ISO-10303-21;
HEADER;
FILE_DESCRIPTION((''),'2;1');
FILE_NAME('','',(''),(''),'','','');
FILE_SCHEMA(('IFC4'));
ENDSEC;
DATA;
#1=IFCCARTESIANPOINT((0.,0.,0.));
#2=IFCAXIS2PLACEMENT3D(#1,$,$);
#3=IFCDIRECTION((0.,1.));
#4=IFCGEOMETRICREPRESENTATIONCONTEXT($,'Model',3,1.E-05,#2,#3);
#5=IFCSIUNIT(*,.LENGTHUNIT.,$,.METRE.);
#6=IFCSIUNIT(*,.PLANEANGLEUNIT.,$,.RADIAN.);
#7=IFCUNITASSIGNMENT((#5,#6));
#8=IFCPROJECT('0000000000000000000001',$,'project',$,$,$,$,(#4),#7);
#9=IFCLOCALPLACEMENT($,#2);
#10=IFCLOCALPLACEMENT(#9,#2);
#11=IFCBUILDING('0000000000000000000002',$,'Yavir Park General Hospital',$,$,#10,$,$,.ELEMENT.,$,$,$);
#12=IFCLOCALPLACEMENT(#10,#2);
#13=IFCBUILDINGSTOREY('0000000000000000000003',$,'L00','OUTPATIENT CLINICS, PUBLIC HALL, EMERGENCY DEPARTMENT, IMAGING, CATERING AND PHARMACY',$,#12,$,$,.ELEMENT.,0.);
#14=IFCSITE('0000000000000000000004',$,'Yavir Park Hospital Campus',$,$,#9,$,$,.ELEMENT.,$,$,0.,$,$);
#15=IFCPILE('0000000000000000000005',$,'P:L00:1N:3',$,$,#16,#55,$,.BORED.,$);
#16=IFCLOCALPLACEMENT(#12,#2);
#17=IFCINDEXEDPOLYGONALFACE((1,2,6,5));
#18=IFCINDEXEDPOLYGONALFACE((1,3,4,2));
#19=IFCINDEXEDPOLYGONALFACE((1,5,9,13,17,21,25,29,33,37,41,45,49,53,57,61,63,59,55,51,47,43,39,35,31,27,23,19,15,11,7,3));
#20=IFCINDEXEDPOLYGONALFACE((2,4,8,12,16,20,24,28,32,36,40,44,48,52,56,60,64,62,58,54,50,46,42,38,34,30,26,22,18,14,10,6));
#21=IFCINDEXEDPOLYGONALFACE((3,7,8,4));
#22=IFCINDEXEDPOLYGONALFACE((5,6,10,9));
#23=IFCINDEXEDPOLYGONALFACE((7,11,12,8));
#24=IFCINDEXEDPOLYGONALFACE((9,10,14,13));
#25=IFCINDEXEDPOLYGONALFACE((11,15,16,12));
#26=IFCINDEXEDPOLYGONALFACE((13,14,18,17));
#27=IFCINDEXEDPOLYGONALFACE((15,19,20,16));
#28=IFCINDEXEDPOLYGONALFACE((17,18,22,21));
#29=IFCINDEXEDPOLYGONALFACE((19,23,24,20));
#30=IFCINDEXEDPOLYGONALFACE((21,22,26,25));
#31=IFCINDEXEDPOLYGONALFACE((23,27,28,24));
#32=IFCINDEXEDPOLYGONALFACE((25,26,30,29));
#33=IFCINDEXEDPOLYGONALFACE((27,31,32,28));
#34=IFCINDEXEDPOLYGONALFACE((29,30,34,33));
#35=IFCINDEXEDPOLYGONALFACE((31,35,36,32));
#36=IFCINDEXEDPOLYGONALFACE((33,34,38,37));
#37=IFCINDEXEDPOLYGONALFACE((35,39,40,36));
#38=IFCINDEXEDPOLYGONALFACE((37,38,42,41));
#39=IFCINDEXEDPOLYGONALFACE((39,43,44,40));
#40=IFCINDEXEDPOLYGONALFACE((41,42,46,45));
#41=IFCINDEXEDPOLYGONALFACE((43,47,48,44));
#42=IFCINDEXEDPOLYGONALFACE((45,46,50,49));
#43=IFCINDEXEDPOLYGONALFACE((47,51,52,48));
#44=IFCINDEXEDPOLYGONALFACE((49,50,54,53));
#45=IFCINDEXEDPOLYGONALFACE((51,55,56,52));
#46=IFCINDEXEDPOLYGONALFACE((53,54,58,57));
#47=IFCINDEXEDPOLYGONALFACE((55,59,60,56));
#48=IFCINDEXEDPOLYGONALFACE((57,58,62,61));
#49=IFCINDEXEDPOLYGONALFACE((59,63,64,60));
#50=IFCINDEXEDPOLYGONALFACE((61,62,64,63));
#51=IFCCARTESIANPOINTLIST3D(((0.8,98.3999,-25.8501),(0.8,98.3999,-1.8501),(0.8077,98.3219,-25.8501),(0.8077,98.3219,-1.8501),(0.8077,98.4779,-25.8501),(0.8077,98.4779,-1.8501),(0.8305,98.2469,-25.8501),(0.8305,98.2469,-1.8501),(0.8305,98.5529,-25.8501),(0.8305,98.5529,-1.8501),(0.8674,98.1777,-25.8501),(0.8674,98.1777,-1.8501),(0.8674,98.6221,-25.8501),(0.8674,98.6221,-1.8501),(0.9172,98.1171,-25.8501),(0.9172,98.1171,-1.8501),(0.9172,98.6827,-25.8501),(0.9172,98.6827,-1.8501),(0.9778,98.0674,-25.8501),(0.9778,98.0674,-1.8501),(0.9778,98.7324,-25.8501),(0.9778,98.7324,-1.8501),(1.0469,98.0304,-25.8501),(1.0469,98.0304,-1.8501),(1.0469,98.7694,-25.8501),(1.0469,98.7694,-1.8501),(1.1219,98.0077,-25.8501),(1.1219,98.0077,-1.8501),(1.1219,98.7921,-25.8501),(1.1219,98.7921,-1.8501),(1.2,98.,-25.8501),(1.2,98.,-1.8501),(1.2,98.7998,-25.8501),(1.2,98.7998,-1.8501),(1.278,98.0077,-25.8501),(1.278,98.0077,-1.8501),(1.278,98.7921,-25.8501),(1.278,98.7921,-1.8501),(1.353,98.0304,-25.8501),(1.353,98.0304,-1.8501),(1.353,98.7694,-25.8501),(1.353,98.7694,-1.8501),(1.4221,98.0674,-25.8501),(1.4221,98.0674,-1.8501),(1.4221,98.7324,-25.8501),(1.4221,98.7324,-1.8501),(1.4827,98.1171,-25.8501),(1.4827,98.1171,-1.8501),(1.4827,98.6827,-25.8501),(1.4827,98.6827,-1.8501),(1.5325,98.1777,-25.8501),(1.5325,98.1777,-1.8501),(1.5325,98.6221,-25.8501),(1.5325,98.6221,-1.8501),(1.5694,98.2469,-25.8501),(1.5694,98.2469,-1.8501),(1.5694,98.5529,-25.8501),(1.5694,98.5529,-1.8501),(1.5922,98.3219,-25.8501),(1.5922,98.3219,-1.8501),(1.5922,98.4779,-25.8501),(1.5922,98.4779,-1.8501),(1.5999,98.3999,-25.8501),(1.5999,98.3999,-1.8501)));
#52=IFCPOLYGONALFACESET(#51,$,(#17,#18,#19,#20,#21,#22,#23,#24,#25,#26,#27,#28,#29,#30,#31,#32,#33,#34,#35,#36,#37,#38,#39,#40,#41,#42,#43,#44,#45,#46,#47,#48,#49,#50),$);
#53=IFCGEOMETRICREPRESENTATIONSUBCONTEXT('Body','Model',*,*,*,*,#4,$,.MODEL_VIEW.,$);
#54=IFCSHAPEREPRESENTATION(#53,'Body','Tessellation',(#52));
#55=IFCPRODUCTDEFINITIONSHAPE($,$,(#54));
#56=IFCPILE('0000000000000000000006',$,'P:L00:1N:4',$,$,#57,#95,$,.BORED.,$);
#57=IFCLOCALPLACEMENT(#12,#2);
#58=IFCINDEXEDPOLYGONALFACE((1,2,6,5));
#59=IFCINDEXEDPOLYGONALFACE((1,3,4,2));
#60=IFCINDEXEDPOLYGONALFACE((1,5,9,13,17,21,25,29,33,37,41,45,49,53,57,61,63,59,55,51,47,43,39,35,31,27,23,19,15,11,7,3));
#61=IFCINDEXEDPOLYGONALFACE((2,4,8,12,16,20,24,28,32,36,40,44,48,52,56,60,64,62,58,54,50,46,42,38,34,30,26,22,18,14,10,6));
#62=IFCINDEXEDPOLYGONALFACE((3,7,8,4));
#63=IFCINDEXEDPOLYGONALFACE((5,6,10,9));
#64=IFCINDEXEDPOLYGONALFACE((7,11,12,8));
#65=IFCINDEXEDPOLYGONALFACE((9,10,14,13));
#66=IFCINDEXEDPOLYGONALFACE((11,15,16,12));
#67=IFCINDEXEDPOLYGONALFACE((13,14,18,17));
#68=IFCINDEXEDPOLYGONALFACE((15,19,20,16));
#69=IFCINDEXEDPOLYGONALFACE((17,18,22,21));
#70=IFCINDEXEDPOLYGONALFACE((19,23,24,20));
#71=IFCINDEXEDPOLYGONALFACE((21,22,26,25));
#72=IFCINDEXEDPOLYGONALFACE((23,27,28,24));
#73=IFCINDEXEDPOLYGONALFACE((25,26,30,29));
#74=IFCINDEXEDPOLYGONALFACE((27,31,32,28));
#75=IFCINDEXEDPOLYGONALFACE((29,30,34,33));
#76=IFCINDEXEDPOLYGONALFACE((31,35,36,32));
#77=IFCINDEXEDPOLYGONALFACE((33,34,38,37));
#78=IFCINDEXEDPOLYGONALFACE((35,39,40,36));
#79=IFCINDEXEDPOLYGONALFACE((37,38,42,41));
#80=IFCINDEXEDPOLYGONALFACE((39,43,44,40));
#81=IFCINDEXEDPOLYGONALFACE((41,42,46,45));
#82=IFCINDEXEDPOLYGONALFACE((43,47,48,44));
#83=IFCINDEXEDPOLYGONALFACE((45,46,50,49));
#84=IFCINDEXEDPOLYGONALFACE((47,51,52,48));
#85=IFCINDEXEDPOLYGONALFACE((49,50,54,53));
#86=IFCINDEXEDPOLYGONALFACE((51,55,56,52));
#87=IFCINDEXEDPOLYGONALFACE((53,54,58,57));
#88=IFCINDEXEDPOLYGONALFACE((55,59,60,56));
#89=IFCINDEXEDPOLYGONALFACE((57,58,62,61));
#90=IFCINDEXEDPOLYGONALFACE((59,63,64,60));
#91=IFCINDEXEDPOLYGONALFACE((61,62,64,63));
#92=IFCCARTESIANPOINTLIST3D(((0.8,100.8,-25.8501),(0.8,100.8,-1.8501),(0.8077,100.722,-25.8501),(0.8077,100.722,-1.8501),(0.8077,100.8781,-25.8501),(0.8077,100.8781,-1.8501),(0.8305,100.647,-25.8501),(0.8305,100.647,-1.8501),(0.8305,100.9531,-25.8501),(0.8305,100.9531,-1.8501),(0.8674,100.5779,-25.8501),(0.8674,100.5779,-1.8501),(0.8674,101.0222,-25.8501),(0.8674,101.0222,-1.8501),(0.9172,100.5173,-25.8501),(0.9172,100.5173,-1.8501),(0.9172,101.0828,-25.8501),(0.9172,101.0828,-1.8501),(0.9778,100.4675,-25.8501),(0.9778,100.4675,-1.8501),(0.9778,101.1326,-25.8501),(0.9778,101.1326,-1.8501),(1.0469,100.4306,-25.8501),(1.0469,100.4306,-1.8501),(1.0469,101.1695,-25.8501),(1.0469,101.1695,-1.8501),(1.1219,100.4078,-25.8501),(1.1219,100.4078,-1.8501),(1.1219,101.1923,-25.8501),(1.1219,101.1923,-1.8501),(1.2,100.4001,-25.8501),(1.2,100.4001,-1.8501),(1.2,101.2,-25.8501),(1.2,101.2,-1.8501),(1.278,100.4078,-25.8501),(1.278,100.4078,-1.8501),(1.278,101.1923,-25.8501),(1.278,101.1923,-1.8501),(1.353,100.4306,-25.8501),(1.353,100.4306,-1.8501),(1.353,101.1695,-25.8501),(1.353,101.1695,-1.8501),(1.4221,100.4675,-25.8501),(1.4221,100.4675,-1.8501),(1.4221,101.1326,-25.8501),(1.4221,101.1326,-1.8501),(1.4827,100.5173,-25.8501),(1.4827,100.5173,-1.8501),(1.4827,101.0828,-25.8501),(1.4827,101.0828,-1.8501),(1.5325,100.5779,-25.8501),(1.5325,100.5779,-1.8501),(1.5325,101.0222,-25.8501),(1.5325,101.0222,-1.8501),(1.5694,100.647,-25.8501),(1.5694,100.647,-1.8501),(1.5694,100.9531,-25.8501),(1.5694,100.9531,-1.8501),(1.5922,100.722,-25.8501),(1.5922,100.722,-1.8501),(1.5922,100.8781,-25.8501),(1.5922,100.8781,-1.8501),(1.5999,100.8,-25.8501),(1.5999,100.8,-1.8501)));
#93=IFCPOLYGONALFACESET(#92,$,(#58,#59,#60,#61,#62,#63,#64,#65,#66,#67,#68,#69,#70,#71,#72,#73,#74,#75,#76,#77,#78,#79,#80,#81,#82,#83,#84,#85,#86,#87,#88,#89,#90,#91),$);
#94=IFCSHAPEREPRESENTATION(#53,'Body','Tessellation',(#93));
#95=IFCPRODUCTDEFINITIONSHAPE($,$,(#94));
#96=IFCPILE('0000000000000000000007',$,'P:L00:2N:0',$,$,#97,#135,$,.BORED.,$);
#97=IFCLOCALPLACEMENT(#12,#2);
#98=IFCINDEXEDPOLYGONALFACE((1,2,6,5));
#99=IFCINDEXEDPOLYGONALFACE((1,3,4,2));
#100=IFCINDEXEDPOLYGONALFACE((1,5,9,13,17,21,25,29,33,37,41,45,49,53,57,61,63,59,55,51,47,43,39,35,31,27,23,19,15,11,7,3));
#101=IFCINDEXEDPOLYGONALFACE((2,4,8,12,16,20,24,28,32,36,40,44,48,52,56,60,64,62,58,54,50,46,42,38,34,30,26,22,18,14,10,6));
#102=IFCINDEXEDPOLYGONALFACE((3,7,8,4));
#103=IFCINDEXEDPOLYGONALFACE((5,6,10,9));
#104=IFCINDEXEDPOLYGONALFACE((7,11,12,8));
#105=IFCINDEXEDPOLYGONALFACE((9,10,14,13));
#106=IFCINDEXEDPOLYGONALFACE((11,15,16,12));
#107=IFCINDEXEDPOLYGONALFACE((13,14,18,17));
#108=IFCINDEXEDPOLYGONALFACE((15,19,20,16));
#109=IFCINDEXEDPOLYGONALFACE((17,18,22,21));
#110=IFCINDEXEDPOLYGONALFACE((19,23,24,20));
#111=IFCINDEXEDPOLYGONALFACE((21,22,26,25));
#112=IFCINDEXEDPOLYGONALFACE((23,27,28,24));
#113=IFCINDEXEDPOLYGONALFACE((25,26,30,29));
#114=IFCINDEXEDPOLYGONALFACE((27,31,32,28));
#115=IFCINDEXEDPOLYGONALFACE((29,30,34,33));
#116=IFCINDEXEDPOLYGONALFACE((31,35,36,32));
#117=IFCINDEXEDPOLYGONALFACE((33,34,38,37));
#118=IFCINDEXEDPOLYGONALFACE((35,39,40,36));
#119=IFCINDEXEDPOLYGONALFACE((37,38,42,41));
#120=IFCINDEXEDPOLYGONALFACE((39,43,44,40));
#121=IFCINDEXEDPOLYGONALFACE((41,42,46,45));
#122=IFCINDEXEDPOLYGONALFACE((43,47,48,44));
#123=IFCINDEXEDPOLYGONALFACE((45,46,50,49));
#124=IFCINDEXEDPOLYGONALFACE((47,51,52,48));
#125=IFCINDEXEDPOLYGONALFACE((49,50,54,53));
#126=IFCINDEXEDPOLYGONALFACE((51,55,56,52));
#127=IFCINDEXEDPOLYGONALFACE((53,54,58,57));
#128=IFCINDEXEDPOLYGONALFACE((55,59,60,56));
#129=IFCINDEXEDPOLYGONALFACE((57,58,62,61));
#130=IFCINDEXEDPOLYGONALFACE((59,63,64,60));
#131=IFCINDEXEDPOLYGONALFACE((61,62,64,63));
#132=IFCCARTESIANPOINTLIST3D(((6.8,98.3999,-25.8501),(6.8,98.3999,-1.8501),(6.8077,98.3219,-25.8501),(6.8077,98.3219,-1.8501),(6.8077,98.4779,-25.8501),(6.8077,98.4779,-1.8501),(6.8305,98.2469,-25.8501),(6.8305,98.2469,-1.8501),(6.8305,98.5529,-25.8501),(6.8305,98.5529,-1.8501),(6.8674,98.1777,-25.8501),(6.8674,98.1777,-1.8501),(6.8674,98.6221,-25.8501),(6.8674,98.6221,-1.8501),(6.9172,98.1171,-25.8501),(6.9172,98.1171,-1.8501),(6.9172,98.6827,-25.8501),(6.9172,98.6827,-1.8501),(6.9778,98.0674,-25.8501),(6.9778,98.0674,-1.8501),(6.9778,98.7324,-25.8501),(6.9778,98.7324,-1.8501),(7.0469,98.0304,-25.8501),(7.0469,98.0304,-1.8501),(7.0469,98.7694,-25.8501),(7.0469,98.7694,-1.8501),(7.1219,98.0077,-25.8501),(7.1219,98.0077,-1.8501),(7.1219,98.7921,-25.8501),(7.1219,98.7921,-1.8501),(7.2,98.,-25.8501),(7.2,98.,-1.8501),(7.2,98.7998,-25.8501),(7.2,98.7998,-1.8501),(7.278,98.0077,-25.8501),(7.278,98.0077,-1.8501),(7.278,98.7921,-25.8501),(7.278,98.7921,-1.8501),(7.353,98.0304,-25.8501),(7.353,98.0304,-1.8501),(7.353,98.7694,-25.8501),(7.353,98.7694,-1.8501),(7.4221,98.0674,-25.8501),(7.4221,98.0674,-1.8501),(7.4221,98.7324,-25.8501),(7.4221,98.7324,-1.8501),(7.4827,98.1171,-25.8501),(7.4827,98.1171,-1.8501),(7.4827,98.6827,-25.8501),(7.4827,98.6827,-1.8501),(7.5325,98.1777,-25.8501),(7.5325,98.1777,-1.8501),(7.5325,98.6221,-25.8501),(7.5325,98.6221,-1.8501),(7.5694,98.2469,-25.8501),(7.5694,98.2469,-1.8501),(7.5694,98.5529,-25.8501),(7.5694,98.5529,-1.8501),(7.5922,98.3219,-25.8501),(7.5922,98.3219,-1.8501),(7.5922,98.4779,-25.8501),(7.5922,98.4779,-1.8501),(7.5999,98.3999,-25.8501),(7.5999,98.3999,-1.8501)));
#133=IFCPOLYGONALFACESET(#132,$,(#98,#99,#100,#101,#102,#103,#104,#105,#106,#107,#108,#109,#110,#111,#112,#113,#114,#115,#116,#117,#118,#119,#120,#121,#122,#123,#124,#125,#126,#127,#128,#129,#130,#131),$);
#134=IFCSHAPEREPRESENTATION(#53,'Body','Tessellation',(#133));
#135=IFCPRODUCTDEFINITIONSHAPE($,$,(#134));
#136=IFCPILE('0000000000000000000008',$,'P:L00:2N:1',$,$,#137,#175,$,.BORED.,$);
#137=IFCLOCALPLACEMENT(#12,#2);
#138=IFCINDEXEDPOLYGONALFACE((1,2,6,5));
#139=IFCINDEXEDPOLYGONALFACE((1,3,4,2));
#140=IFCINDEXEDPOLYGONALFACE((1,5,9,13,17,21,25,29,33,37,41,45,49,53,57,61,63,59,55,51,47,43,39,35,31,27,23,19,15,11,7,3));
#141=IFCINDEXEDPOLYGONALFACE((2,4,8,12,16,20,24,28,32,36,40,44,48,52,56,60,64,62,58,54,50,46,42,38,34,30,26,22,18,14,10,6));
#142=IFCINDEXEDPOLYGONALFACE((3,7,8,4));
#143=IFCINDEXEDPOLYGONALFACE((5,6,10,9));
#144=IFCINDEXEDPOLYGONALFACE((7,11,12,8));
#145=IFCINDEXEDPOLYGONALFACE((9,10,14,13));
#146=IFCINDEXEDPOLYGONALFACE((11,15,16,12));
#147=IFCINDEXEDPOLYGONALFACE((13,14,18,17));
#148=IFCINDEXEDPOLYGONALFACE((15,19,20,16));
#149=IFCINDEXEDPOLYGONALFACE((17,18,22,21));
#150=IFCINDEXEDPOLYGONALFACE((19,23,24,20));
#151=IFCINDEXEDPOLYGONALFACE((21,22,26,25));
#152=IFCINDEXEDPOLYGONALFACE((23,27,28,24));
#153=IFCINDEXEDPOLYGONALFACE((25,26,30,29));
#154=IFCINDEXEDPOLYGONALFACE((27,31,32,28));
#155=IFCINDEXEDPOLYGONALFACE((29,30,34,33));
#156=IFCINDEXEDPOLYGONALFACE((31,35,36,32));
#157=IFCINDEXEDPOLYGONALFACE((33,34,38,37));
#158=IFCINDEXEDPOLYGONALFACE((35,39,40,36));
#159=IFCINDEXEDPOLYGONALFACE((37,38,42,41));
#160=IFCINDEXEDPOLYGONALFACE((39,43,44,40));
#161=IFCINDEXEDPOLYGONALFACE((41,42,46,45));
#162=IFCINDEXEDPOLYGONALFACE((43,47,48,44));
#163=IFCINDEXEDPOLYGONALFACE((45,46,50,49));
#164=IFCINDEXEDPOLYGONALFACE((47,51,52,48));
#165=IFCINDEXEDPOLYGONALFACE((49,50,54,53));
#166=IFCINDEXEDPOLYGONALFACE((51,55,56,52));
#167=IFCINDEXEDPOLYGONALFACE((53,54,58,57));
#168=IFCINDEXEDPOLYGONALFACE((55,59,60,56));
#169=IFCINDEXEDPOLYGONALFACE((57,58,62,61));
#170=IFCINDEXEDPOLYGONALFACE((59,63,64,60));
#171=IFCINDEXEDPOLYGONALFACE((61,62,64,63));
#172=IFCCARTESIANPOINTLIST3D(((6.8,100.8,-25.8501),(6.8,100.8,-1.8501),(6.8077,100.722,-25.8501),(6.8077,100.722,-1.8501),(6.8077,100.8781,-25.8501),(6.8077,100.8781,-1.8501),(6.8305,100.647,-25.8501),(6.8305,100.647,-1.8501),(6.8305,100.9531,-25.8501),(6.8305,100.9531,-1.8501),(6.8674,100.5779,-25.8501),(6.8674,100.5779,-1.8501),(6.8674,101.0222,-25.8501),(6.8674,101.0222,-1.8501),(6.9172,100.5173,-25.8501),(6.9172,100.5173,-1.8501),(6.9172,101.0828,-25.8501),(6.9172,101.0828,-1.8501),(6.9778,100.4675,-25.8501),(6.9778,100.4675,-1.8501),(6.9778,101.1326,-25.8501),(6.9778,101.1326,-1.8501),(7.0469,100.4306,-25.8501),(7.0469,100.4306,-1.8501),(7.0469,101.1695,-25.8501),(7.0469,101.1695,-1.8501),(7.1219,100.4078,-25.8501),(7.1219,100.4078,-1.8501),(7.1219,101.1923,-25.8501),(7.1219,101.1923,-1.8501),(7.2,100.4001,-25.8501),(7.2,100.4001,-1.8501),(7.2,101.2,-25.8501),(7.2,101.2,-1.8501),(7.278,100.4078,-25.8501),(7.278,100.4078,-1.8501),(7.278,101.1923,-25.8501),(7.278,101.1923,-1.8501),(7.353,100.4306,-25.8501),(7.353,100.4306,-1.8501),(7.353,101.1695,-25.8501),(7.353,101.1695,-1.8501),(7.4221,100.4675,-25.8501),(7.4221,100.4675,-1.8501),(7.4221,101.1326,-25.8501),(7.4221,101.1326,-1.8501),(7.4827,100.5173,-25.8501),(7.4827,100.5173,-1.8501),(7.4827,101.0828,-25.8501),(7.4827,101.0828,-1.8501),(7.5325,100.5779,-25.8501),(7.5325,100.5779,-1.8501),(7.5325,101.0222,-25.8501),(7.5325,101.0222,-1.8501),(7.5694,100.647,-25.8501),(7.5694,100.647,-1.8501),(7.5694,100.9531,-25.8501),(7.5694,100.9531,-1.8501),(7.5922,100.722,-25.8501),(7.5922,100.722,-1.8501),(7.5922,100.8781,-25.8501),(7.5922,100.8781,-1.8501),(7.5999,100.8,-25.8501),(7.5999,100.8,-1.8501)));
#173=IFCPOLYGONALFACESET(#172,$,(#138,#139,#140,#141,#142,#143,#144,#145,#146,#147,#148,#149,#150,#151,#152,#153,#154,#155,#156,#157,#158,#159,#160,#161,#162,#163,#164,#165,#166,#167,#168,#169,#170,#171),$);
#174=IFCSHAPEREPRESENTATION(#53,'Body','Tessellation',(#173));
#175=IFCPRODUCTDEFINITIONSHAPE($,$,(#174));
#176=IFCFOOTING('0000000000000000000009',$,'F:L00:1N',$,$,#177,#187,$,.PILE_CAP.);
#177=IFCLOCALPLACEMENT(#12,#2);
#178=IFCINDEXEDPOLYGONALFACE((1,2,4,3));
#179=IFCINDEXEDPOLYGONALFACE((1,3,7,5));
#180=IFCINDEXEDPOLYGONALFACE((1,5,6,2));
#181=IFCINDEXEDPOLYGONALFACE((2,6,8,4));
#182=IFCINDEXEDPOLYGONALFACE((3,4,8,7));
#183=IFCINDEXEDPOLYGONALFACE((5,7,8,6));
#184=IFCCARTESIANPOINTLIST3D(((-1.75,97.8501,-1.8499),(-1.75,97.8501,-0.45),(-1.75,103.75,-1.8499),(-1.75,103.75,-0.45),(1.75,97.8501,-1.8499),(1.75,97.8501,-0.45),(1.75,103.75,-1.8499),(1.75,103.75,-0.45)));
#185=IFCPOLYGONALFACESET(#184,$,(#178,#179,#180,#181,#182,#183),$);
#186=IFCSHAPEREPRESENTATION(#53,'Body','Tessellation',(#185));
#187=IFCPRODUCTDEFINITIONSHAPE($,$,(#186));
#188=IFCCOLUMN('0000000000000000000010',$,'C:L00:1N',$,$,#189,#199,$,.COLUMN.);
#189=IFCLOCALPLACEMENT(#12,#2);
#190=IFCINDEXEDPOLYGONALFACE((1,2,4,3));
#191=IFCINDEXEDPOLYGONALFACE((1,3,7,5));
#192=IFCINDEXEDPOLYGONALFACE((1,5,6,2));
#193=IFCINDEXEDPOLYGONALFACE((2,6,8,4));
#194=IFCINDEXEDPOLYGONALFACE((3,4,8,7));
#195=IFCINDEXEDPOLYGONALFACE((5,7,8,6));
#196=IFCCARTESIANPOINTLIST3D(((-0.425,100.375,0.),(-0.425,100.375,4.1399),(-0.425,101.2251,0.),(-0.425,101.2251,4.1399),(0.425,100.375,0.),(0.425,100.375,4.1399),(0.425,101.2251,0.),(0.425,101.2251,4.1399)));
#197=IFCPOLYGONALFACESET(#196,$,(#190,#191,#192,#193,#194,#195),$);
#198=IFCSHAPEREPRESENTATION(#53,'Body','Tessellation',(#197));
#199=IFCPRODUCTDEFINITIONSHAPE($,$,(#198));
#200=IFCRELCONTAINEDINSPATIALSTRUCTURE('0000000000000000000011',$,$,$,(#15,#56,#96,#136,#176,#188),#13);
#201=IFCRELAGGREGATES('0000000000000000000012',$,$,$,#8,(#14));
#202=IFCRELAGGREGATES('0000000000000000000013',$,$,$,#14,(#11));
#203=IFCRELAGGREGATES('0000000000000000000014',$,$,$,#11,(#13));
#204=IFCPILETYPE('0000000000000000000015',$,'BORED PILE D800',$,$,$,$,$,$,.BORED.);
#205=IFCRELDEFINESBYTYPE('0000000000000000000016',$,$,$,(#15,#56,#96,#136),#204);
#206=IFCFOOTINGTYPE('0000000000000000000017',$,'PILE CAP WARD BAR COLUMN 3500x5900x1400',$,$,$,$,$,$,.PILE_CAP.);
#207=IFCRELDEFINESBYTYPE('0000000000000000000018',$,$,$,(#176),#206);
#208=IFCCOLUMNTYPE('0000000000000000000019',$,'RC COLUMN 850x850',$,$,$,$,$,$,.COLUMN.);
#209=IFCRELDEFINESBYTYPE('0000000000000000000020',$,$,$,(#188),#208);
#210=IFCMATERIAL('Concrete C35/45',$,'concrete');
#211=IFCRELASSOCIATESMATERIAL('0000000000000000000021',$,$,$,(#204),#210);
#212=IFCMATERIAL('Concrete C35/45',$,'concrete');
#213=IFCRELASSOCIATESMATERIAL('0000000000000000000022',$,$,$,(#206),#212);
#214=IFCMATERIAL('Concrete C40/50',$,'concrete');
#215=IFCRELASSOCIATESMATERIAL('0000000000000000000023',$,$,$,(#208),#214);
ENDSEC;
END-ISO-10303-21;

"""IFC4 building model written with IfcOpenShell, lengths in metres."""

from ifc_helpers import new_model, si_unit, direction, frame, origin, origin_2d, place, context, subcontext, project, spatial, rectangle, circle, extrude, material, material_profile, profile_set, type_object, element, save


model = new_model("IFC4")

# Units and contexts
model_context = context("Model", 3, precision=1e-05, world=origin(), true_north=direction((0.0, 1.0)))
body_context = subcontext(model_context, "Body", "Model", "MODEL_VIEW")
ifc_project = project(units=[si_unit("LENGTHUNIT", "METRE"), si_unit("PLANEANGLEUNIT", "RADIAN")], contexts=[model_context])

# Site, building, storey
site_placement = place(None, origin())
site = spatial("IfcSite", under=ifc_project, at=site_placement, Name="Yavir Park Hospital Campus", CompositionType="ELEMENT", RefElevation=0.0)
building_placement = place(site_placement, origin())
building = spatial("IfcBuilding", under=site, at=building_placement, Name="Yavir Park General Hospital", CompositionType="ELEMENT")
storey_placement = place(building_placement, origin())
storey = spatial("IfcBuildingStorey", under=building, at=storey_placement, Name="L00", Description="OUTPATIENT CLINICS, PUBLIC HALL, EMERGENCY DEPARTMENT, IMAGING, CATERING AND PHARMACY", CompositionType="ELEMENT", Elevation=0.0)

# Piles
ifc_material_1 = material(Name="Concrete C35/45", Category="concrete")
ifc_material_profile_1 = material_profile(ifc_material_1, circle(Radius=0.3999, at=origin_2d()), Name="D800")
ifc_profile_set_1 = profile_set([ifc_material_profile_1], Name="Concrete C35/45")
pile_type = type_object("IfcPileType", Name="BORED PILE D800", PredefinedType="BORED", material=ifc_profile_set_1)
for number, where, z_axis, x_axis, name in (
    (1, (1.2, 98.3999, -1.8501), (0.0, 0.0, -1.0), (1.0, 0.0, 0.0), "P:L00:1N:3"),
    (2, (1.2, 100.8, -1.8501), (0.0, 0.0, -1.0), (1.0, 0.0, 0.0), "P:L00:1N:4"),
    (3, (7.2, 98.3999, -1.8501), (0.0, 0.0, -1.0), (1.0, 0.0, 0.0), "P:L00:2N:0"),
    (4, (7.2, 100.8, -1.8501), (0.0, 0.0, -1.0), (1.0, 0.0, 0.0), "P:L00:2N:1"),
):
    element("IfcPile", number, at=place(storey_placement, frame(where, z_axis=z_axis, x_axis=x_axis)), inside=storey, type_object=pile_type, Name=name, PredefinedType="BORED", context=body_context, shape_type="SweptSolid", body=[
        extrude(circle(Radius=0.3999, at=origin_2d()), origin(), (0.0, 0.0, 1.0), 24.0),
    ])

# Footing
ifc_material_2 = material(Name="Concrete C35/45", Category="concrete")
footing_type = type_object("IfcFootingType", Name="PILE CAP WARD BAR COLUMN 3500x5900x1400", PredefinedType="PILE_CAP", material=ifc_material_2)
footing_placement = place(storey_placement, frame((0.0, 100.8, -1.8499), z_axis=(0.0, 0.0, 1.0), x_axis=(1.0, 0.0, 0.0)))
element("IfcFooting", 5, at=footing_placement, inside=storey, type_object=footing_type, Name="F:L00:1N", PredefinedType="PILE_CAP", context=body_context, shape_type="SweptSolid", body=[
    extrude(rectangle(XDim=3.5, YDim=5.8999, at=origin_2d()), origin(), (0.0, 0.0, 1.0), 1.3999),
])

# Column
ifc_material_3 = material(Name="Concrete C40/50", Category="concrete")
ifc_material_profile_2 = material_profile(ifc_material_3, rectangle(XDim=0.8501, YDim=0.8501, at=origin_2d()), Name="RC850x850")
ifc_profile_set_2 = profile_set([ifc_material_profile_2], Name="Concrete C40/50")
column_type = type_object("IfcColumnType", Name="RC COLUMN 850x850", PredefinedType="COLUMN", material=ifc_profile_set_2)
column_placement = place(storey_placement, frame((0.0, 100.8, 0.0), z_axis=(0.0, 0.0, 1.0), x_axis=(1.0, 0.0, 0.0)))
element("IfcColumn", 6, at=column_placement, inside=storey, type_object=column_type, Name="C:L00:1N", PredefinedType="COLUMN", context=body_context, shape_type="SweptSolid", body=[
    extrude(rectangle(XDim=0.8501, YDim=0.8501, at=origin_2d()), origin(), (0.0, 0.0, 1.0), 4.1399),
])

save(model, "model.ifc")
